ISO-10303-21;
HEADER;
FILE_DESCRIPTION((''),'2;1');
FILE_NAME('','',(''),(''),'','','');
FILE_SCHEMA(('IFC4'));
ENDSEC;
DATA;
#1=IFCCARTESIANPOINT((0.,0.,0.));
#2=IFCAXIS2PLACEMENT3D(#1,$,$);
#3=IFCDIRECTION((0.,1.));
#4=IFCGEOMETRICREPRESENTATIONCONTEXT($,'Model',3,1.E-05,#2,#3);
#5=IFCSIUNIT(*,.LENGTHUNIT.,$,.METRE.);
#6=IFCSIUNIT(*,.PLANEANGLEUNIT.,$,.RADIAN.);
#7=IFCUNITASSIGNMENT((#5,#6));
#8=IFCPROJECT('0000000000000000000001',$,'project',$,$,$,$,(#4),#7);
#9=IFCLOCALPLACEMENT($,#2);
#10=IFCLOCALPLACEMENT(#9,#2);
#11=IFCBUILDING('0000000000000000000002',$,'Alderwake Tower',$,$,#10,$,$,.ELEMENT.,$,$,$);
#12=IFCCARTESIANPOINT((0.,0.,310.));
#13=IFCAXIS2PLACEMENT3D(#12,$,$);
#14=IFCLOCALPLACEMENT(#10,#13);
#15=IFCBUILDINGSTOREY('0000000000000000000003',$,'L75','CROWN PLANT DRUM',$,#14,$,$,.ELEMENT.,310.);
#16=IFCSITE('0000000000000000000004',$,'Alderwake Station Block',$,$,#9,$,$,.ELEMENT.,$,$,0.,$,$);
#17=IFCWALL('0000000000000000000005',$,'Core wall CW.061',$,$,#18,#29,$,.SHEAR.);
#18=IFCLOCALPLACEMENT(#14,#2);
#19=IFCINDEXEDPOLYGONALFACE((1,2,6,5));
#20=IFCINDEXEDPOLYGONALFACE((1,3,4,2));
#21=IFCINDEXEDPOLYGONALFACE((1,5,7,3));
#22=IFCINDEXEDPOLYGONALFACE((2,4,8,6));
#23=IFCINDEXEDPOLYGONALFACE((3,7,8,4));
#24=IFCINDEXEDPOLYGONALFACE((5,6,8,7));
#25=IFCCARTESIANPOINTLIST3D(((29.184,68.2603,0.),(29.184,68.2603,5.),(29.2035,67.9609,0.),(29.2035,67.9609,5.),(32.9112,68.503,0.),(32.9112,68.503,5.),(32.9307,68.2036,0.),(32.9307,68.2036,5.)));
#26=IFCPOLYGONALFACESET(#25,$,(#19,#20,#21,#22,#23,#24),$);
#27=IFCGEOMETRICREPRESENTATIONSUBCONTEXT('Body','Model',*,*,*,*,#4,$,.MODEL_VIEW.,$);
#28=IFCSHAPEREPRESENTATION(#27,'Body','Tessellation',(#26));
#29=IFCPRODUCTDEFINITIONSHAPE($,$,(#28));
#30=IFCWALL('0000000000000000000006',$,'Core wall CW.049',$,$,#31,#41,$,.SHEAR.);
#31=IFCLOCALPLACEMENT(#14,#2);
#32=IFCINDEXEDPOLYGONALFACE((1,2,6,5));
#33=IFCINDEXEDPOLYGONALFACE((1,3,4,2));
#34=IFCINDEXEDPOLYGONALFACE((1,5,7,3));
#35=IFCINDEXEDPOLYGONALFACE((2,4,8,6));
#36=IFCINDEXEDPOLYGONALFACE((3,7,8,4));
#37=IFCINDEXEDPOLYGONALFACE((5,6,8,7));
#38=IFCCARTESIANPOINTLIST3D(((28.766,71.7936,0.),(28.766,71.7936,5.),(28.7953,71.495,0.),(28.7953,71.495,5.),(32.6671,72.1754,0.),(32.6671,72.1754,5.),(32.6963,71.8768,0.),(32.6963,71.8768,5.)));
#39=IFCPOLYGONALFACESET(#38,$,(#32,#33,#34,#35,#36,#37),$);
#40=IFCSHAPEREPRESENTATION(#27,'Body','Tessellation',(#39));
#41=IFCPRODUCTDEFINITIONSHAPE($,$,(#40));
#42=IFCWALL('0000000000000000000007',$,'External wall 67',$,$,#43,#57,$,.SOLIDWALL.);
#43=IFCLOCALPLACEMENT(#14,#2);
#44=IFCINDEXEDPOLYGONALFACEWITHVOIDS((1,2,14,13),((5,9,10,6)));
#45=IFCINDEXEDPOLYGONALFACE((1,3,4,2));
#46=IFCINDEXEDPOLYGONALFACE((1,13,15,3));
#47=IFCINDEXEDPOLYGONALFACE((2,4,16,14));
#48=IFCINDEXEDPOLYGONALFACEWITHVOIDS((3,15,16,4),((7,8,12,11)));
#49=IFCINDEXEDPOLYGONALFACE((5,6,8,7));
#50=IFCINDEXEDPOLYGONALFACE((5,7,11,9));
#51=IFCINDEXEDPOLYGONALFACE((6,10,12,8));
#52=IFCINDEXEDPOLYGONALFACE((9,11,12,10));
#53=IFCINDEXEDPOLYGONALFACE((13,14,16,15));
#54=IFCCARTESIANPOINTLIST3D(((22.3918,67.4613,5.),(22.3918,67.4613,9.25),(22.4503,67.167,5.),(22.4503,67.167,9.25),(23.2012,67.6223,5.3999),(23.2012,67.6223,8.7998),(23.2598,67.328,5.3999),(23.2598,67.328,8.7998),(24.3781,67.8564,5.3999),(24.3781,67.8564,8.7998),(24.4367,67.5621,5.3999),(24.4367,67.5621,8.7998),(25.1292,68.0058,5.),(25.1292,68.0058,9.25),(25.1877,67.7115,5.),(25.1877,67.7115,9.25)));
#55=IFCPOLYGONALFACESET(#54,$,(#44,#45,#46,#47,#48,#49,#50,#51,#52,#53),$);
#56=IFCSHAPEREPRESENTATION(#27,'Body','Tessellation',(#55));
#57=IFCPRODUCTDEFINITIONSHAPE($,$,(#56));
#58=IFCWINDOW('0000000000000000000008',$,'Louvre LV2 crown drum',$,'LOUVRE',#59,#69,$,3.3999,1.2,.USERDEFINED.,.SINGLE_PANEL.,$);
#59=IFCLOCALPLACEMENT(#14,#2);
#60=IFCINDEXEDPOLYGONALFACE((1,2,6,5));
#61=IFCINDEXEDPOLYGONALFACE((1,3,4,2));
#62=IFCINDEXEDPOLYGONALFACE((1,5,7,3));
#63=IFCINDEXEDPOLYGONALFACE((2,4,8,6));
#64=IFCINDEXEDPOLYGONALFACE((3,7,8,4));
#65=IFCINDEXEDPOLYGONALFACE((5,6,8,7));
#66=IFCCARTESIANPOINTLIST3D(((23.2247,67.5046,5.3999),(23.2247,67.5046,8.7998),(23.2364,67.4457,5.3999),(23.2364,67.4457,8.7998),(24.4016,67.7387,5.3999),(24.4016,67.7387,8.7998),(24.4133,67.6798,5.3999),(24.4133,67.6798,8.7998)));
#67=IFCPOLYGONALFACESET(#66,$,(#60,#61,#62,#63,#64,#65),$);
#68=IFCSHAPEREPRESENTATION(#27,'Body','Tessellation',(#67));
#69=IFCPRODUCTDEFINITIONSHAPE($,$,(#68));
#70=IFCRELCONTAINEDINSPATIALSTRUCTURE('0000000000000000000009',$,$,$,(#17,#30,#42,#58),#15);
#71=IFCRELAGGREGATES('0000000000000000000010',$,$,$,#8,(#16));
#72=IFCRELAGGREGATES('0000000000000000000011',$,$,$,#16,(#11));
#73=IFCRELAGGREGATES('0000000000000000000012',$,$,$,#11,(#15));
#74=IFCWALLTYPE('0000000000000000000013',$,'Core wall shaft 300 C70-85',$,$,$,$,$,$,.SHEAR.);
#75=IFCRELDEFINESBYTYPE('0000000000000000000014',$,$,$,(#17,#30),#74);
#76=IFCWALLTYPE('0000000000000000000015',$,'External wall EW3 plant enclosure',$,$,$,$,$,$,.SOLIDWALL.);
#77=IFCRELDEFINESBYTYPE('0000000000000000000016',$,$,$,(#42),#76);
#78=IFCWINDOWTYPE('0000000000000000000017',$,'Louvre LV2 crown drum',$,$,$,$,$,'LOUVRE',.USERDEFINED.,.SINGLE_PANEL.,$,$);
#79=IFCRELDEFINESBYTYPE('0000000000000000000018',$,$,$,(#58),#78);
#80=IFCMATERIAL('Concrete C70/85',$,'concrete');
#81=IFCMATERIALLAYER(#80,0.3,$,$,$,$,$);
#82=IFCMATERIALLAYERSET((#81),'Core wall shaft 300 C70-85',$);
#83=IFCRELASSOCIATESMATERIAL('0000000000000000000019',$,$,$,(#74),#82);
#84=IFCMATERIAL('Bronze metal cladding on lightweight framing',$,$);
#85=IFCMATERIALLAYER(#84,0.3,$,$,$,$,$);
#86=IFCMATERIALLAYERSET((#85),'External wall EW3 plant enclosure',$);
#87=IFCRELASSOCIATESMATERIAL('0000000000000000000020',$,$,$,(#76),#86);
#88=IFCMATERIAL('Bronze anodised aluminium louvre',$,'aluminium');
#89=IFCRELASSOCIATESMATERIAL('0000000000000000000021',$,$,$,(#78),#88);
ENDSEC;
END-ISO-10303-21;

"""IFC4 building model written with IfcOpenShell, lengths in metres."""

from ifc_helpers import new_model, si_unit, direction, frame, frame_2d, origin, place, context, subcontext, project, spatial, rectangle, extrude, material, layer, layer_set, type_object, element, fill, save


model = new_model("IFC4")

# Units and contexts
model_context = context("Model", 3, precision=1e-05, world=origin(), true_north=direction((0.0, 1.0)))
body_context = subcontext(model_context, "Body", "Model", "MODEL_VIEW")
ifc_project = project(units=[si_unit("LENGTHUNIT", "METRE"), si_unit("PLANEANGLEUNIT", "RADIAN")], contexts=[model_context])

# Site, building, storey
site_placement = place(None, origin())
site = spatial("IfcSite", under=ifc_project, at=site_placement, Name="Alderwake Station Block", CompositionType="ELEMENT", RefElevation=0.0)
building_placement = place(site_placement, origin())
building = spatial("IfcBuilding", under=site, at=building_placement, Name="Alderwake Tower", CompositionType="ELEMENT")
storey_placement = place(building_placement, frame((0.0, 0.0, 310.0)))
storey = spatial("IfcBuildingStorey", under=building, at=storey_placement, Name="L75", Description="CROWN PLANT DRUM", CompositionType="ELEMENT", Elevation=310.0)

# Walls
ifc_material_1 = material(Name="Concrete C70/85", Category="concrete")
ifc_layer_1 = layer(ifc_material_1, 0.3)
ifc_layer_set_1 = layer_set([ifc_layer_1], Name="Core wall shaft 300 C70-85")
wall_type_1 = type_object("IfcWallType", Name="Core wall shaft 300 C70-85", PredefinedType="SHEAR", material=ifc_layer_set_1)
wall_1_placement = place(storey_placement, frame((29.1936, 68.1106, 0.0), z_axis=(0.0, 0.0, 1.0), x_axis=(0.997887, 0.06497, 0.0)))
element("IfcWall", 1, at=wall_1_placement, inside=storey, type_object=wall_type_1, Name="Core wall CW.061", PredefinedType="SHEAR", context=body_context, shape_type="SweptSolid", body=[
    extrude(rectangle(XDim=3.7351, YDim=0.3, at=frame_2d((1.8677, 0.0))), origin(), (0.0, 0.0, 1.0), 5.0),
])
wall_2_placement = place(storey_placement, frame((28.7805, 71.6443, 0.0), z_axis=(0.0, 0.0, 1.0), x_axis=(0.995244, 0.097413, 0.0)))
element("IfcWall", 2, at=wall_2_placement, inside=storey, type_object=wall_type_1, Name="Core wall CW.049", PredefinedType="SHEAR", context=body_context, shape_type="SweptSolid", body=[
    extrude(rectangle(XDim=3.9197, YDim=0.3, at=frame_2d((1.96, 0.0))), origin(), (0.0, 0.0, 1.0), 5.0),
])

# Wall, opening, window
ifc_material_2 = material(Name="Bronze metal cladding on lightweight framing")
ifc_layer_2 = layer(ifc_material_2, 0.3)
ifc_layer_set_2 = layer_set([ifc_layer_2], Name="External wall EW3 plant enclosure")
wall_type_2 = type_object("IfcWallType", Name="External wall EW3 plant enclosure", PredefinedType="SOLIDWALL", material=ifc_layer_set_2)
wall_3_placement = place(storey_placement, frame((25.1584, 67.8586, 5.0), z_axis=(0.0, 0.0, 1.0), x_axis=(-0.980789, -0.195073, 0.0)))
wall_3 = element("IfcWall", 3, at=wall_3_placement, inside=storey, type_object=wall_type_2, Name="External wall 67", PredefinedType="SOLIDWALL", context=body_context, shape_type="SweptSolid", body=[
    extrude(rectangle(XDim=2.791, YDim=0.3, at=frame_2d((1.3955, 0.0))), origin(), (0.0, 0.0, 1.0), 4.25),
])
opening_1_placement = place(wall_3_placement, frame((0.7656, 0.0, 0.3999)))
opening_1 = element("IfcOpeningElement", 4, at=opening_1_placement, cuts=wall_3, PredefinedType="OPENING", context=body_context, shape_type="SweptSolid", body=[
    extrude(rectangle(XDim=1.2, YDim=3.3999, at=frame_2d((0.6001, 1.7))), frame((0.0, 0.1599, 0.0), z_axis=(0.0, -1.0, 0.0), x_axis=(1.0, 0.0, 0.0)), (0.0, 0.0, 1.0), 0.3201),
])
ifc_material_3 = material(Name="Bronze anodised aluminium louvre", Category="aluminium")
window_type = type_object("IfcWindowType", Name="Louvre LV2 crown drum", ElementType="LOUVRE", PartitioningType="SINGLE_PANEL", PredefinedType="USERDEFINED", material=ifc_material_3)
window_placement = place(opening_1_placement, origin())
window = element("IfcWindow", 5, at=window_placement, inside=storey, type_object=window_type, Name="Louvre LV2 crown drum", ObjectType="LOUVRE", OverallHeight=3.3999, OverallWidth=1.2, PartitioningType="SINGLE_PANEL", PredefinedType="USERDEFINED", context=body_context, shape_type="SweptSolid", body=[
    extrude(rectangle(XDim=1.2, YDim=3.3999, at=frame_2d((0.6001, 1.7))), frame((0.0, 0.03, 0.0), z_axis=(0.0, -1.0, 0.0), x_axis=(1.0, 0.0, 0.0)), (0.0, 0.0, 1.0), 0.0601),
])
fill(opening_1, window)

save(model, "model.ifc")
